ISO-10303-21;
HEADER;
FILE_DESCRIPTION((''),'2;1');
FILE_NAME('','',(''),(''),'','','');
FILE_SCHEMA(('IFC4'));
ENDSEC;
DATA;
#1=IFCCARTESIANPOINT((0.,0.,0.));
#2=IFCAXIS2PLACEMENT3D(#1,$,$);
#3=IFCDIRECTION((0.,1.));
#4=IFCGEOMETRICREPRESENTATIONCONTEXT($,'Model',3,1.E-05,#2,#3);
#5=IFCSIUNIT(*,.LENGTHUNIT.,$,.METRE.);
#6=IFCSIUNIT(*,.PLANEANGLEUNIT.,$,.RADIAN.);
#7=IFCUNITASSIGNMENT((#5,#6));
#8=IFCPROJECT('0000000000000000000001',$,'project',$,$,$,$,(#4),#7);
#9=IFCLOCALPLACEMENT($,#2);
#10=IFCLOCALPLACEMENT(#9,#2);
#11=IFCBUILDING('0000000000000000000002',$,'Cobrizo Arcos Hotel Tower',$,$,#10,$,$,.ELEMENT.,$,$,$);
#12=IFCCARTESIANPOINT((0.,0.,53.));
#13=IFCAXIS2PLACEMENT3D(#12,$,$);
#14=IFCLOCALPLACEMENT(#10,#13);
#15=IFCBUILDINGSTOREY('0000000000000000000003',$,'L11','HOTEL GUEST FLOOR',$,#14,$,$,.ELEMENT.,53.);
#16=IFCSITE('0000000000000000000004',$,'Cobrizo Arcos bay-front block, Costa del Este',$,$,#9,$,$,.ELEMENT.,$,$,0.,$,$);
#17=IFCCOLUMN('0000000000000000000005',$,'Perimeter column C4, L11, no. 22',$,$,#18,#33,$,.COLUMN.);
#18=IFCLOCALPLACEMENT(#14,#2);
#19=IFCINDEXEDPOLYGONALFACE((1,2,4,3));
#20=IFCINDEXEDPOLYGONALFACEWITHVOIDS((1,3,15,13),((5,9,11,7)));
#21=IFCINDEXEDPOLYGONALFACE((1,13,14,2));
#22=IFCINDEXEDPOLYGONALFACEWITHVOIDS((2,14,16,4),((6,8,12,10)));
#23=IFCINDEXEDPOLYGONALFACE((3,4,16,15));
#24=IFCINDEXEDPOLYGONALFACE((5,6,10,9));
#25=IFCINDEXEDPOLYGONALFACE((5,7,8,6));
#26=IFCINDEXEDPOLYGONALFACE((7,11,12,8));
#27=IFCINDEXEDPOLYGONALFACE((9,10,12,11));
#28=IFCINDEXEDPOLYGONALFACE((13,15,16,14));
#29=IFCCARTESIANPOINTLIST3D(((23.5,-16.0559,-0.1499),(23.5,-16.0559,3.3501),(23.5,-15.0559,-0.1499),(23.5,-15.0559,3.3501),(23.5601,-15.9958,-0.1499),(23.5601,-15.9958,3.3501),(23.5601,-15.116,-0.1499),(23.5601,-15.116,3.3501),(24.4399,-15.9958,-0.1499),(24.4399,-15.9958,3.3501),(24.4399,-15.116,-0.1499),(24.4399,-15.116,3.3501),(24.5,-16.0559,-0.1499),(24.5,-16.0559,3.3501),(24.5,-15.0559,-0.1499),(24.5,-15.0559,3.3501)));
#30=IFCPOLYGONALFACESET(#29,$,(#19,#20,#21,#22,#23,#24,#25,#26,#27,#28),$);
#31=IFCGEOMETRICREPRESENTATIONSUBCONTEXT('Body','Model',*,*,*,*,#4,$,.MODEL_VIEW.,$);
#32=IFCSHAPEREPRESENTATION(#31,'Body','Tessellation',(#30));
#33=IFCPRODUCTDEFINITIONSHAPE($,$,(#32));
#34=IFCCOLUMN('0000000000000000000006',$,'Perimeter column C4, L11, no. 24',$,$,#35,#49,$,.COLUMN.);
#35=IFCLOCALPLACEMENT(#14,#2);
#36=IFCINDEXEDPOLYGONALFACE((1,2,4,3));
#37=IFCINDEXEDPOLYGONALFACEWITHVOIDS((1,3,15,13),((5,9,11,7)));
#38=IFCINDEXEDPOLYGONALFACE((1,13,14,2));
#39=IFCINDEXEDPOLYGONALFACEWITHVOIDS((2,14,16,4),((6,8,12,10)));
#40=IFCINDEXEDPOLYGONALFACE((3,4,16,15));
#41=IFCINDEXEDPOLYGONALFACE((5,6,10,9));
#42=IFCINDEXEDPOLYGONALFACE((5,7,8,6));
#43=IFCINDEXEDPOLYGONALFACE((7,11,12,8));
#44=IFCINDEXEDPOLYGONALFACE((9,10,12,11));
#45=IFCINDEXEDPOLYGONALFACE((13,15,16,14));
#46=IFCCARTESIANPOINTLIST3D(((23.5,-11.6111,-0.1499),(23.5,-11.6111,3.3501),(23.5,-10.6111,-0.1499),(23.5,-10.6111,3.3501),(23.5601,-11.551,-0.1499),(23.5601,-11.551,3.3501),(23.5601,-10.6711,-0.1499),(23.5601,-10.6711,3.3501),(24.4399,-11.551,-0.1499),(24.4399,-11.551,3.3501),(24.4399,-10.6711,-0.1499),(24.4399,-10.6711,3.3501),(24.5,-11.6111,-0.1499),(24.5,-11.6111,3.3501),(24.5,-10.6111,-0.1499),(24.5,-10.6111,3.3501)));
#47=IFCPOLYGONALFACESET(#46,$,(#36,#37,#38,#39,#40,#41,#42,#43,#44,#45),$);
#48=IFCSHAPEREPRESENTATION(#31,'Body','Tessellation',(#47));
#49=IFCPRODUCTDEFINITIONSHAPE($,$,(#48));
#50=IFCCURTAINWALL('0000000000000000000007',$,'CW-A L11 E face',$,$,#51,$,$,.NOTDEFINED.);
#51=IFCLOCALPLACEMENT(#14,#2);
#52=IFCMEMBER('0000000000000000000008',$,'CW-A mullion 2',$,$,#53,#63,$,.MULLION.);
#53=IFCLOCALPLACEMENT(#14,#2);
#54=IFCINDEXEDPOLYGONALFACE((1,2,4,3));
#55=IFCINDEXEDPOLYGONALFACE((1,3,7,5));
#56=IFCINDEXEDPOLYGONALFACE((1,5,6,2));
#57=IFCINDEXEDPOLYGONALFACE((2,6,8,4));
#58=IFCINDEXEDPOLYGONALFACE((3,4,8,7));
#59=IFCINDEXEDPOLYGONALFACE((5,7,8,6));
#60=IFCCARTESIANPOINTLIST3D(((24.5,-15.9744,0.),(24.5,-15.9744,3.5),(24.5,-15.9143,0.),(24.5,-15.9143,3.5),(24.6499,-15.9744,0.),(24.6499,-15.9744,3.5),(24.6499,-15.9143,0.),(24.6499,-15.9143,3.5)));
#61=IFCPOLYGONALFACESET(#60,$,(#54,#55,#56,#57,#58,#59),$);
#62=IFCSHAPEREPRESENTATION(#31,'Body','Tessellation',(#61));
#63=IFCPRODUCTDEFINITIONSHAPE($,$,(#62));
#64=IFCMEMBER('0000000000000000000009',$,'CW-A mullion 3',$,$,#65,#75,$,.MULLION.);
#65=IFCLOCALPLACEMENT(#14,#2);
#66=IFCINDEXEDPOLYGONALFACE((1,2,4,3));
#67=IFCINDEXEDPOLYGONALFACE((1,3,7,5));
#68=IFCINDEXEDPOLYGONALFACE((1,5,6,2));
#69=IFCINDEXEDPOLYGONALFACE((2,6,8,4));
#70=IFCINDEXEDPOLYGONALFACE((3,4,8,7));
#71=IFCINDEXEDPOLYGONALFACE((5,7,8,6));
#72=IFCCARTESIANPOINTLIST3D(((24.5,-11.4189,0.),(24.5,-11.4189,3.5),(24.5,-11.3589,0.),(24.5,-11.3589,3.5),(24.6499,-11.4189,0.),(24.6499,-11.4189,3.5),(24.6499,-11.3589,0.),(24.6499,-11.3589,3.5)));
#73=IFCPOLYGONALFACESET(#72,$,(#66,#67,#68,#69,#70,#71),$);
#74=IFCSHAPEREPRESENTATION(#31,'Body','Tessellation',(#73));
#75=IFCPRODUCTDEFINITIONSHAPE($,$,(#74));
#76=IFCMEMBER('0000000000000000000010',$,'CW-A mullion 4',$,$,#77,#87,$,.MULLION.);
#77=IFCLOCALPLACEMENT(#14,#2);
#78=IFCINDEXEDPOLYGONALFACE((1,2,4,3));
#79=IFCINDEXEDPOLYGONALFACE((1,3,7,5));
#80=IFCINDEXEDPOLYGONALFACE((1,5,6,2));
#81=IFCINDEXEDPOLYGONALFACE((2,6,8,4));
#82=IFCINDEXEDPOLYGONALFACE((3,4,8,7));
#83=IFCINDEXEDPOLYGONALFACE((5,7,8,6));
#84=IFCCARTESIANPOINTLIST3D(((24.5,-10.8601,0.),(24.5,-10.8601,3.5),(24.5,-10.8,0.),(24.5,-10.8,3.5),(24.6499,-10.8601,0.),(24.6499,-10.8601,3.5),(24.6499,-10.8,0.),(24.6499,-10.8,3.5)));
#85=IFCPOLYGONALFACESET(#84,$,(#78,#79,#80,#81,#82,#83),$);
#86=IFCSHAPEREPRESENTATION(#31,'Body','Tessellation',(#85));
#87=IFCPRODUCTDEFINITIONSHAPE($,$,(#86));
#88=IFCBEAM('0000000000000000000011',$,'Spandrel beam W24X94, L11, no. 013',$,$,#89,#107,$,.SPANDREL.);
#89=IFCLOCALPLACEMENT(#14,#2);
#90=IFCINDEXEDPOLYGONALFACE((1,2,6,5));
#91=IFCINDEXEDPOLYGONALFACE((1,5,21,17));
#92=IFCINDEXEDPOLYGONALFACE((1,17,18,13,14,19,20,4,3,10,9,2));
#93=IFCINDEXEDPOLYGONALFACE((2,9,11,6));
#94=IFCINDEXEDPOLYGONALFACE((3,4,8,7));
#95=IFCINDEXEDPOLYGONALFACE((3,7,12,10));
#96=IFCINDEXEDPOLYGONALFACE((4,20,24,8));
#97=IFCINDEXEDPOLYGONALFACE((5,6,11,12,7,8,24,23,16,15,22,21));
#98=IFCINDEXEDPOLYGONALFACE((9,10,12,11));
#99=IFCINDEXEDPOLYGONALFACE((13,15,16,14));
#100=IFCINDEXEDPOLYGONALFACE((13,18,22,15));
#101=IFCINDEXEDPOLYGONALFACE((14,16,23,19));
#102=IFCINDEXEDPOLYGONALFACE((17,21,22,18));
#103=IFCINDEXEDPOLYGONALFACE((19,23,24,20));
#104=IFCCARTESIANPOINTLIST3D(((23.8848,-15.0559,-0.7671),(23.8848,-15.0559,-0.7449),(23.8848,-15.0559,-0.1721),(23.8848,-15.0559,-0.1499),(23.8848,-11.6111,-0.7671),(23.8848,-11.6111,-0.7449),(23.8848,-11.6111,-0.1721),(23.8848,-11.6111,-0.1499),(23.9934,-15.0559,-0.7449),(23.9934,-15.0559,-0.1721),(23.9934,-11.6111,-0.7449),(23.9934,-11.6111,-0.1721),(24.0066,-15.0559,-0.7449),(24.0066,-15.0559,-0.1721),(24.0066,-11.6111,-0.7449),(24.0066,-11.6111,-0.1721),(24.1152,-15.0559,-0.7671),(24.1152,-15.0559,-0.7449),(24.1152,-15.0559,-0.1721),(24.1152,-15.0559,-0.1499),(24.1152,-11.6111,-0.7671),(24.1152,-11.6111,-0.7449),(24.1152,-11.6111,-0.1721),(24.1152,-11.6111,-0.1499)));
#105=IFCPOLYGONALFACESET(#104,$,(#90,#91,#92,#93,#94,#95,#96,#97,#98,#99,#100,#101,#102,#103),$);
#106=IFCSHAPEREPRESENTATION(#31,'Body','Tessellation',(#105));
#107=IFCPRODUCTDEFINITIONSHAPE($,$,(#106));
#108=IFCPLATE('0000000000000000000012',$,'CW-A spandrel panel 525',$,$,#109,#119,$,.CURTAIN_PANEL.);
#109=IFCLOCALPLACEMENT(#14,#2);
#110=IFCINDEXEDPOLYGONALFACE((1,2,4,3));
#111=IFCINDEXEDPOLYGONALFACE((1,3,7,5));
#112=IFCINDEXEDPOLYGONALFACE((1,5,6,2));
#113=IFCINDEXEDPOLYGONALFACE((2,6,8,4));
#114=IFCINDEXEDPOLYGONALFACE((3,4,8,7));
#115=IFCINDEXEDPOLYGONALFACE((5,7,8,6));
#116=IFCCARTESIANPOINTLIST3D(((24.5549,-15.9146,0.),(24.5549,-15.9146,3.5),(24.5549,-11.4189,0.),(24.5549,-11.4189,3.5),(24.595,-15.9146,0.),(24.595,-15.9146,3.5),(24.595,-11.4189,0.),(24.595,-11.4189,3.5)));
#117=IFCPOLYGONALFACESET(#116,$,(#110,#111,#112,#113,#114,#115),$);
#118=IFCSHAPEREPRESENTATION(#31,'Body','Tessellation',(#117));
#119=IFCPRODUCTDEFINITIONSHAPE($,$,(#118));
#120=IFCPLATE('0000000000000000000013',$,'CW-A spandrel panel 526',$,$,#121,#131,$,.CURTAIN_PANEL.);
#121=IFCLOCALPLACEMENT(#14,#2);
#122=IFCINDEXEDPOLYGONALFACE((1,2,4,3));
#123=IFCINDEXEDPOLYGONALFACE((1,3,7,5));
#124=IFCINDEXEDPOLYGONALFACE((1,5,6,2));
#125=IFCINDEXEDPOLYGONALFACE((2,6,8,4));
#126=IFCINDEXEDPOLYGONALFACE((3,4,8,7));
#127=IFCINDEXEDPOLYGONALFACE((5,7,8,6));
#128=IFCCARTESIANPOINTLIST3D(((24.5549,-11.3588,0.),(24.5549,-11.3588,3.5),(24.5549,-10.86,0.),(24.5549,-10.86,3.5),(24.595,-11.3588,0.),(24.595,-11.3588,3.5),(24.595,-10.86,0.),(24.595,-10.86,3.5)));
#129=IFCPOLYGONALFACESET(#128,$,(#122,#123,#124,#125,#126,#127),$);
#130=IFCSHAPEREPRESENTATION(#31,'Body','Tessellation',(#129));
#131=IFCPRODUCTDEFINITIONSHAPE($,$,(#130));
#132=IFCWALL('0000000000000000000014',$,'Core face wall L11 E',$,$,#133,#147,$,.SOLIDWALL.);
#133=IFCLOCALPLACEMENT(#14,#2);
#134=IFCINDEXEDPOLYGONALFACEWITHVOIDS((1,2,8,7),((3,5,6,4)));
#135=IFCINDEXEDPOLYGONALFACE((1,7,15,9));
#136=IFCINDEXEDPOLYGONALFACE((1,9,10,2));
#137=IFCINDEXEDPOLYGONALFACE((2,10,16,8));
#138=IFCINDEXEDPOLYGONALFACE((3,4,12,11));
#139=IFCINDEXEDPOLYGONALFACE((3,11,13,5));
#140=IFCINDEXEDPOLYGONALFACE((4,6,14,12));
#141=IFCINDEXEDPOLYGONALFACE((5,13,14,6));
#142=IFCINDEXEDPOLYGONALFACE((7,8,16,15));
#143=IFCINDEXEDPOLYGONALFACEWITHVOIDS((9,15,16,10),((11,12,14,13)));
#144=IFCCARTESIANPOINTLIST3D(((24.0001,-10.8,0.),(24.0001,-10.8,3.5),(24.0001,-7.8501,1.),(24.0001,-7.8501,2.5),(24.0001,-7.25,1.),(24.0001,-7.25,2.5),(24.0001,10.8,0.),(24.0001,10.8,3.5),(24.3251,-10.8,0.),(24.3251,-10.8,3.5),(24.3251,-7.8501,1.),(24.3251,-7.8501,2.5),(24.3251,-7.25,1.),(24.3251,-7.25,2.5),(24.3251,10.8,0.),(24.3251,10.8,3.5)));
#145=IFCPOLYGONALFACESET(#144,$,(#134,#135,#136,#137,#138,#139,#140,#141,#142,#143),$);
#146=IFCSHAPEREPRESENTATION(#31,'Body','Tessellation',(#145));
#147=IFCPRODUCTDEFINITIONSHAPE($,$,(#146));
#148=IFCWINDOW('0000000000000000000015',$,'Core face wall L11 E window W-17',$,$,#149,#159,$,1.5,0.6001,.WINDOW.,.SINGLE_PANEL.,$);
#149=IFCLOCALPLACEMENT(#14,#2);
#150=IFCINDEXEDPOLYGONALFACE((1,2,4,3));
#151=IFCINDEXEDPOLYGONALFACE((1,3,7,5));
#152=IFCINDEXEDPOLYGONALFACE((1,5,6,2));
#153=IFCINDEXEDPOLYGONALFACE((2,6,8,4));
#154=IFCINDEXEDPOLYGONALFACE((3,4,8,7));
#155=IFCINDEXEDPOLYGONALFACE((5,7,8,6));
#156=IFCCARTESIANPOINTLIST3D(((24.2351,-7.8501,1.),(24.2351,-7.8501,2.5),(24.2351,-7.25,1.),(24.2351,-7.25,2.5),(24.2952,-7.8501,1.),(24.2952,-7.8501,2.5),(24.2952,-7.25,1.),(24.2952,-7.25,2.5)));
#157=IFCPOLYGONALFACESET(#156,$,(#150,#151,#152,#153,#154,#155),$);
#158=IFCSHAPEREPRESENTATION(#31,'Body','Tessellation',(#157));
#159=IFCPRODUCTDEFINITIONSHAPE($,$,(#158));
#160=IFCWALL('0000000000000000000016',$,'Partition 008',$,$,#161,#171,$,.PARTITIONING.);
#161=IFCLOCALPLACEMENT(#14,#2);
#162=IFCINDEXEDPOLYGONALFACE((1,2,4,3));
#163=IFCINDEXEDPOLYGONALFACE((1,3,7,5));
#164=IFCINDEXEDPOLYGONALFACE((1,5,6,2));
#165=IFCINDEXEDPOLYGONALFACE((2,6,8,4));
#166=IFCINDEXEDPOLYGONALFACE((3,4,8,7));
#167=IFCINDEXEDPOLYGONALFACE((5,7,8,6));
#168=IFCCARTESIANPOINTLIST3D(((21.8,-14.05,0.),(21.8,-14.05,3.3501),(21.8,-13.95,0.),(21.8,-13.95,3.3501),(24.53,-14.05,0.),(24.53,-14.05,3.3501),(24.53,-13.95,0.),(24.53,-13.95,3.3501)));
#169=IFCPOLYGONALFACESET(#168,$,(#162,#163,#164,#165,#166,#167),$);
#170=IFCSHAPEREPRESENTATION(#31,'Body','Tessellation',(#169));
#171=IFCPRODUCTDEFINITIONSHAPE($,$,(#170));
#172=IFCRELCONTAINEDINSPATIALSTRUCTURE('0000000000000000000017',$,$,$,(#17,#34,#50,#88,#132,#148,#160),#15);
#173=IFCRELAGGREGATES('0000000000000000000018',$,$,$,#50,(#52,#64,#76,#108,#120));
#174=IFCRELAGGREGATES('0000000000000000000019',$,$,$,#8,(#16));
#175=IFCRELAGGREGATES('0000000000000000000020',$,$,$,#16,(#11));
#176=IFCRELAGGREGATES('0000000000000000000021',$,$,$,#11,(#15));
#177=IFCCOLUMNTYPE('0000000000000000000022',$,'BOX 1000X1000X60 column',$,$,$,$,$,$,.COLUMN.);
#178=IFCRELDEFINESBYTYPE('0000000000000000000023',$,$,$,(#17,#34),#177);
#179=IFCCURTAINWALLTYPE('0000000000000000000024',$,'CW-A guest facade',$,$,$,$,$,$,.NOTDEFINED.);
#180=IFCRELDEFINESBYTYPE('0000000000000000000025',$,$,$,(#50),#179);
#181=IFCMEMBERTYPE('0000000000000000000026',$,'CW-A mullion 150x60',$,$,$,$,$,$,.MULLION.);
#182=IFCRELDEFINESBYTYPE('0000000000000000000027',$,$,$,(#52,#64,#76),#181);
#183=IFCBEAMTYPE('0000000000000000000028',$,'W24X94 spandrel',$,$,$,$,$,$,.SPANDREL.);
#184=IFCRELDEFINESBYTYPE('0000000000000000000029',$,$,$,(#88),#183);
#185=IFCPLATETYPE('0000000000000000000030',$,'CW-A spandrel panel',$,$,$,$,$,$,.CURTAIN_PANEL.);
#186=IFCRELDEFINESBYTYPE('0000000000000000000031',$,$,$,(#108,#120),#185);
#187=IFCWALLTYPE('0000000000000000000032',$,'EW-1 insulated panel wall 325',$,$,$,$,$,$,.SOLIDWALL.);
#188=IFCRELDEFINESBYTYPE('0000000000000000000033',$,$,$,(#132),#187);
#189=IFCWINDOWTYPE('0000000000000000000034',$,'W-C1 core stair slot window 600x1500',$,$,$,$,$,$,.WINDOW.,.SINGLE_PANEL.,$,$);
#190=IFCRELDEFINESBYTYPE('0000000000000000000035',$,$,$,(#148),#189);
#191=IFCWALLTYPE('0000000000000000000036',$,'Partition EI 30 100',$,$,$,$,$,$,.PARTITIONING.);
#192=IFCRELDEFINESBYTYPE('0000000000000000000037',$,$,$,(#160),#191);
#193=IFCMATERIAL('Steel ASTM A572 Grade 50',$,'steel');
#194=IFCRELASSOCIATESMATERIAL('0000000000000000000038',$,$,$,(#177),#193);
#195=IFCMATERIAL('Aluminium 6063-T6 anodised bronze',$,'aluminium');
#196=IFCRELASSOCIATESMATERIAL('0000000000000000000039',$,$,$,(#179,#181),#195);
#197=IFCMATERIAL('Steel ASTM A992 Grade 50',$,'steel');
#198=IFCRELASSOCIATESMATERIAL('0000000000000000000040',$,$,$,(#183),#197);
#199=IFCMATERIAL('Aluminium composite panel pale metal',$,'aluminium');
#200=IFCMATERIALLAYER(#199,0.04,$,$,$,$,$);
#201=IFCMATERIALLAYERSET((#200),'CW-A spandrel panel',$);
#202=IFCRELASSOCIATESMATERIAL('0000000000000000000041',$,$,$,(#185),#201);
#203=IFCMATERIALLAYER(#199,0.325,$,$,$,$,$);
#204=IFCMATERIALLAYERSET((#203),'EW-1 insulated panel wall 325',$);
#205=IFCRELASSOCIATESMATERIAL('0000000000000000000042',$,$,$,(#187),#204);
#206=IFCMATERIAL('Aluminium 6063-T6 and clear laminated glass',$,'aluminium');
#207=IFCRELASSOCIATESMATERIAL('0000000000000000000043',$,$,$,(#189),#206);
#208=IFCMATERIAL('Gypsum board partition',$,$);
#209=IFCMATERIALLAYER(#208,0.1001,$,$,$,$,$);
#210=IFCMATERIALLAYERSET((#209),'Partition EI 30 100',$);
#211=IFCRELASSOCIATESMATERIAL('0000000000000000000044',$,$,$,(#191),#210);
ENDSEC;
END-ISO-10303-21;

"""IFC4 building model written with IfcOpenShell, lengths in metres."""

from ifc_helpers import new_model, si_unit, direction, frame, frame_2d, origin, origin_2d, place, context, subcontext, project, spatial, rectangle, hollow_rectangle, i_section, extrude, material, layer, layer_set, material_profile, profile_set, type_object, element, fill, aggregate, save


model = new_model("IFC4")

# Units and contexts
model_context = context("Model", 3, precision=1e-05, world=origin(), true_north=direction((0.0, 1.0)))
body_context = subcontext(model_context, "Body", "Model", "MODEL_VIEW")
ifc_project = project(units=[si_unit("LENGTHUNIT", "METRE"), si_unit("PLANEANGLEUNIT", "RADIAN")], contexts=[model_context])

# Site, building, storey
site_placement = place(None, origin())
site = spatial("IfcSite", under=ifc_project, at=site_placement, Name="Cobrizo Arcos bay-front block, Costa del Este", CompositionType="ELEMENT", RefElevation=0.0)
building_placement = place(site_placement, origin())
building = spatial("IfcBuilding", under=site, at=building_placement, Name="Cobrizo Arcos Hotel Tower", CompositionType="ELEMENT")
storey_placement = place(building_placement, frame((0.0, 0.0, 53.0)))
storey = spatial("IfcBuildingStorey", under=building, at=storey_placement, Name="L11", Description="HOTEL GUEST FLOOR", CompositionType="ELEMENT", Elevation=53.0)

# Columns
ifc_material_1 = material(Name="Steel ASTM A572 Grade 50", Category="steel")
ifc_material_profile_1 = material_profile(ifc_material_1, hollow_rectangle(XDim=1.0, YDim=1.0, WallThickness=0.0601, at=origin_2d()), Name="BOX 1000X1000X60")
ifc_profile_set_1 = profile_set([ifc_material_profile_1], Name="Steel ASTM A572 Grade 50")
column_type = type_object("IfcColumnType", Name="BOX 1000X1000X60 column", PredefinedType="COLUMN", material=ifc_profile_set_1)
for number, where, z_axis, x_axis, name in (
    (1, (24.0, -15.5559, -0.1499), (0.0, 0.0, 1.0), (1.0, 0.0, 0.0), "Perimeter column C4, L11, no. 22"),
    (2, (24.0, -11.1111, -0.1499), (0.0, 0.0, 1.0), (1.0, 0.0, 0.0), "Perimeter column C4, L11, no. 24"),
):
    element("IfcColumn", number, at=place(storey_placement, frame(where, z_axis=z_axis, x_axis=x_axis)), inside=storey, type_object=column_type, Name=name, PredefinedType="COLUMN", context=body_context, shape_type="SweptSolid", body=[
        extrude(hollow_rectangle(XDim=1.0, YDim=1.0, WallThickness=0.0601, at=origin_2d()), origin(), (0.0, 0.0, 1.0), 3.5),
    ])

# Curtain wall, members
ifc_material_2 = material(Name="Aluminium 6063-T6 anodised bronze", Category="aluminium")
curtain_wall_type = type_object("IfcCurtainWallType", Name="CW-A guest facade", PredefinedType="NOTDEFINED", material=ifc_material_2)
curtain_wall_placement = place(storey_placement, origin())
curtain_wall = element("IfcCurtainWall", 3, at=curtain_wall_placement, inside=storey, type_object=curtain_wall_type, Name="CW-A L11 E face", PredefinedType="NOTDEFINED")
ifc_material_profile_2 = material_profile(ifc_material_2, rectangle(XDim=0.1499, YDim=0.0601, at=origin_2d()), Name="CW-A mullion 150x60")
ifc_profile_set_2 = profile_set([ifc_material_profile_2], Name="Aluminium 6063-T6 anodised bronze")
member_type = type_object("IfcMemberType", Name="CW-A mullion 150x60", PredefinedType="MULLION", material=ifc_profile_set_2)
member_1_placement = place(storey_placement, frame((24.575, -15.9443, 0.0), z_axis=(0.0, 0.0, 1.0), x_axis=(1.0, 0.0, 0.0)))
member_1 = element("IfcMember", 4, at=member_1_placement, type_object=member_type, Name="CW-A mullion 2", PredefinedType="MULLION", context=body_context, shape_type="SweptSolid", body=[
    extrude(rectangle(XDim=0.1499, YDim=0.0601, at=origin_2d()), origin(), (0.0, 0.0, 1.0), 3.5),
])
member_2_placement = place(storey_placement, frame((24.575, -11.3889, 0.0), z_axis=(0.0, 0.0, 1.0), x_axis=(1.0, 0.0, 0.0)))
member_2 = element("IfcMember", 5, at=member_2_placement, type_object=member_type, Name="CW-A mullion 3", PredefinedType="MULLION", context=body_context, shape_type="SweptSolid", body=[
    extrude(rectangle(XDim=0.1499, YDim=0.0601, at=origin_2d()), origin(), (0.0, 0.0, 1.0), 3.5),
])
member_3_placement = place(storey_placement, frame((24.575, -10.8301, 0.0), z_axis=(0.0, 0.0, 1.0), x_axis=(1.0, 0.0, 0.0)))
member_3 = element("IfcMember", 6, at=member_3_placement, type_object=member_type, Name="CW-A mullion 4", PredefinedType="MULLION", context=body_context, shape_type="SweptSolid", body=[
    extrude(rectangle(XDim=0.1499, YDim=0.0601, at=origin_2d()), origin(), (0.0, 0.0, 1.0), 3.5),
])

# Beam
ifc_material_3 = material(Name="Steel ASTM A992 Grade 50", Category="steel")
ifc_material_profile_3 = material_profile(ifc_material_3, i_section(OverallWidth=0.2305, OverallDepth=0.6172, WebThickness=0.0132, FlangeThickness=0.0222, at=origin_2d()), Name="W24X94")
ifc_profile_set_3 = profile_set([ifc_material_profile_3], Name="Steel ASTM A992 Grade 50")
beam_type = type_object("IfcBeamType", Name="W24X94 spandrel", PredefinedType="SPANDREL", material=ifc_profile_set_3)
beam_placement = place(storey_placement, frame((24.0, -15.0559, -0.4585), z_axis=(0.0, 1.0, 0.0), x_axis=(-1.0, 0.0, 0.0)))
element("IfcBeam", 7, at=beam_placement, inside=storey, type_object=beam_type, Name="Spandrel beam W24X94, L11, no. 013", PredefinedType="SPANDREL", context=body_context, shape_type="SweptSolid", body=[
    extrude(i_section(OverallWidth=0.2305, OverallDepth=0.6172, WebThickness=0.0132, FlangeThickness=0.0222, at=origin_2d()), origin(), (0.0, 0.0, 1.0), 3.4448),
])

# Plates
ifc_material_4 = material(Name="Aluminium composite panel pale metal", Category="aluminium")
ifc_layer_1 = layer(ifc_material_4, 0.04)
ifc_layer_set_1 = layer_set([ifc_layer_1], Name="CW-A spandrel panel")
plate_type = type_object("IfcPlateType", Name="CW-A spandrel panel", PredefinedType="CURTAIN_PANEL", material=ifc_layer_set_1)
plate_1_placement = place(storey_placement, frame((24.575, -13.6667, 0.0), z_axis=(0.0, 0.0, 1.0), x_axis=(0.0, 1.0, 0.0)))
plate_1 = element("IfcPlate", 8, at=plate_1_placement, type_object=plate_type, Name="CW-A spandrel panel 525", PredefinedType="CURTAIN_PANEL", context=body_context, shape_type="SweptSolid", body=[
    extrude(rectangle(XDim=4.4956, YDim=0.04, at=origin_2d()), origin(), (0.0, 0.0, 1.0), 3.5),
])
plate_2_placement = place(storey_placement, frame((24.575, -11.1094, 0.0), z_axis=(0.0, 0.0, 1.0), x_axis=(0.0, 1.0, 0.0)))
plate_2 = element("IfcPlate", 9, at=plate_2_placement, type_object=plate_type, Name="CW-A spandrel panel 526", PredefinedType="CURTAIN_PANEL", context=body_context, shape_type="SweptSolid", body=[
    extrude(rectangle(XDim=0.4988, YDim=0.04, at=origin_2d()), origin(), (0.0, 0.0, 1.0), 3.5),
])
aggregate(curtain_wall, [member_1, member_2, member_3, plate_1, plate_2])

# Wall, opening, window
ifc_layer_2 = layer(ifc_material_4, 0.325)
ifc_layer_set_2 = layer_set([ifc_layer_2], Name="EW-1 insulated panel wall 325")
wall_type_1 = type_object("IfcWallType", Name="EW-1 insulated panel wall 325", PredefinedType="SOLIDWALL", material=ifc_layer_set_2)
wall_1_placement = place(storey_placement, frame((24.1626, -10.8, 0.0), z_axis=(0.0, 0.0, 1.0), x_axis=(0.0, 1.0, 0.0)))
wall_1 = element("IfcWall", 10, at=wall_1_placement, inside=storey, type_object=wall_type_1, Name="Core face wall L11 E", PredefinedType="SOLIDWALL", context=body_context, shape_type="SweptSolid", body=[
    extrude(rectangle(XDim=21.6001, YDim=0.325, at=frame_2d((10.8, 0.0))), origin(), (0.0, 0.0, 1.0), 3.5),
])
opening_1_placement = place(wall_1_placement, frame((2.95, 0.0, 1.0)))
opening_1 = element("IfcOpeningElement", 11, at=opening_1_placement, cuts=wall_1, PredefinedType="OPENING", context=body_context, shape_type="SweptSolid", body=[
    extrude(rectangle(XDim=0.6001, YDim=1.5, at=frame_2d((0.3, 0.75))), frame((0.0, 0.1746, 0.0), z_axis=(0.0, -1.0, 0.0), x_axis=(1.0, 0.0, 0.0)), (0.0, 0.0, 1.0), 0.3489),
])
ifc_material_5 = material(Name="Aluminium 6063-T6 and clear laminated glass", Category="aluminium")
window_type = type_object("IfcWindowType", Name="W-C1 core stair slot window 600x1500", PartitioningType="SINGLE_PANEL", PredefinedType="WINDOW", material=ifc_material_5)
window_placement = place(opening_1_placement, origin())
window = element("IfcWindow", 12, at=window_placement, inside=storey, type_object=window_type, Name="Core face wall L11 E window W-17", OverallHeight=1.5, OverallWidth=0.6001, PartitioningType="SINGLE_PANEL", PredefinedType="WINDOW", context=body_context, shape_type="SweptSolid", body=[
    extrude(rectangle(XDim=0.6001, YDim=1.5, at=frame_2d((0.3, 0.75))), frame((0.0, -0.0725, 0.0), z_axis=(0.0, -1.0, 0.0), x_axis=(1.0, 0.0, 0.0)), (0.0, 0.0, 1.0), 0.0601),
])
fill(opening_1, window)

# Wall
ifc_material_6 = material(Name="Gypsum board partition")
ifc_layer_3 = layer(ifc_material_6, 0.1001)
ifc_layer_set_3 = layer_set([ifc_layer_3], Name="Partition EI 30 100")
wall_type_2 = type_object("IfcWallType", Name="Partition EI 30 100", PredefinedType="PARTITIONING", material=ifc_layer_set_3)
wall_2_placement = place(storey_placement, frame((21.8, -14.0, 0.0), z_axis=(0.0, 0.0, 1.0), x_axis=(1.0, 0.0, 0.0)))
element("IfcWall", 13, at=wall_2_placement, inside=storey, type_object=wall_type_2, Name="Partition 008", PredefinedType="PARTITIONING", context=body_context, shape_type="SweptSolid", body=[
    extrude(rectangle(XDim=2.73, YDim=0.1001, at=frame_2d((1.365, 0.0))), origin(), (0.0, 0.0, 1.0), 3.3501),
])

save(model, "model.ifc")
